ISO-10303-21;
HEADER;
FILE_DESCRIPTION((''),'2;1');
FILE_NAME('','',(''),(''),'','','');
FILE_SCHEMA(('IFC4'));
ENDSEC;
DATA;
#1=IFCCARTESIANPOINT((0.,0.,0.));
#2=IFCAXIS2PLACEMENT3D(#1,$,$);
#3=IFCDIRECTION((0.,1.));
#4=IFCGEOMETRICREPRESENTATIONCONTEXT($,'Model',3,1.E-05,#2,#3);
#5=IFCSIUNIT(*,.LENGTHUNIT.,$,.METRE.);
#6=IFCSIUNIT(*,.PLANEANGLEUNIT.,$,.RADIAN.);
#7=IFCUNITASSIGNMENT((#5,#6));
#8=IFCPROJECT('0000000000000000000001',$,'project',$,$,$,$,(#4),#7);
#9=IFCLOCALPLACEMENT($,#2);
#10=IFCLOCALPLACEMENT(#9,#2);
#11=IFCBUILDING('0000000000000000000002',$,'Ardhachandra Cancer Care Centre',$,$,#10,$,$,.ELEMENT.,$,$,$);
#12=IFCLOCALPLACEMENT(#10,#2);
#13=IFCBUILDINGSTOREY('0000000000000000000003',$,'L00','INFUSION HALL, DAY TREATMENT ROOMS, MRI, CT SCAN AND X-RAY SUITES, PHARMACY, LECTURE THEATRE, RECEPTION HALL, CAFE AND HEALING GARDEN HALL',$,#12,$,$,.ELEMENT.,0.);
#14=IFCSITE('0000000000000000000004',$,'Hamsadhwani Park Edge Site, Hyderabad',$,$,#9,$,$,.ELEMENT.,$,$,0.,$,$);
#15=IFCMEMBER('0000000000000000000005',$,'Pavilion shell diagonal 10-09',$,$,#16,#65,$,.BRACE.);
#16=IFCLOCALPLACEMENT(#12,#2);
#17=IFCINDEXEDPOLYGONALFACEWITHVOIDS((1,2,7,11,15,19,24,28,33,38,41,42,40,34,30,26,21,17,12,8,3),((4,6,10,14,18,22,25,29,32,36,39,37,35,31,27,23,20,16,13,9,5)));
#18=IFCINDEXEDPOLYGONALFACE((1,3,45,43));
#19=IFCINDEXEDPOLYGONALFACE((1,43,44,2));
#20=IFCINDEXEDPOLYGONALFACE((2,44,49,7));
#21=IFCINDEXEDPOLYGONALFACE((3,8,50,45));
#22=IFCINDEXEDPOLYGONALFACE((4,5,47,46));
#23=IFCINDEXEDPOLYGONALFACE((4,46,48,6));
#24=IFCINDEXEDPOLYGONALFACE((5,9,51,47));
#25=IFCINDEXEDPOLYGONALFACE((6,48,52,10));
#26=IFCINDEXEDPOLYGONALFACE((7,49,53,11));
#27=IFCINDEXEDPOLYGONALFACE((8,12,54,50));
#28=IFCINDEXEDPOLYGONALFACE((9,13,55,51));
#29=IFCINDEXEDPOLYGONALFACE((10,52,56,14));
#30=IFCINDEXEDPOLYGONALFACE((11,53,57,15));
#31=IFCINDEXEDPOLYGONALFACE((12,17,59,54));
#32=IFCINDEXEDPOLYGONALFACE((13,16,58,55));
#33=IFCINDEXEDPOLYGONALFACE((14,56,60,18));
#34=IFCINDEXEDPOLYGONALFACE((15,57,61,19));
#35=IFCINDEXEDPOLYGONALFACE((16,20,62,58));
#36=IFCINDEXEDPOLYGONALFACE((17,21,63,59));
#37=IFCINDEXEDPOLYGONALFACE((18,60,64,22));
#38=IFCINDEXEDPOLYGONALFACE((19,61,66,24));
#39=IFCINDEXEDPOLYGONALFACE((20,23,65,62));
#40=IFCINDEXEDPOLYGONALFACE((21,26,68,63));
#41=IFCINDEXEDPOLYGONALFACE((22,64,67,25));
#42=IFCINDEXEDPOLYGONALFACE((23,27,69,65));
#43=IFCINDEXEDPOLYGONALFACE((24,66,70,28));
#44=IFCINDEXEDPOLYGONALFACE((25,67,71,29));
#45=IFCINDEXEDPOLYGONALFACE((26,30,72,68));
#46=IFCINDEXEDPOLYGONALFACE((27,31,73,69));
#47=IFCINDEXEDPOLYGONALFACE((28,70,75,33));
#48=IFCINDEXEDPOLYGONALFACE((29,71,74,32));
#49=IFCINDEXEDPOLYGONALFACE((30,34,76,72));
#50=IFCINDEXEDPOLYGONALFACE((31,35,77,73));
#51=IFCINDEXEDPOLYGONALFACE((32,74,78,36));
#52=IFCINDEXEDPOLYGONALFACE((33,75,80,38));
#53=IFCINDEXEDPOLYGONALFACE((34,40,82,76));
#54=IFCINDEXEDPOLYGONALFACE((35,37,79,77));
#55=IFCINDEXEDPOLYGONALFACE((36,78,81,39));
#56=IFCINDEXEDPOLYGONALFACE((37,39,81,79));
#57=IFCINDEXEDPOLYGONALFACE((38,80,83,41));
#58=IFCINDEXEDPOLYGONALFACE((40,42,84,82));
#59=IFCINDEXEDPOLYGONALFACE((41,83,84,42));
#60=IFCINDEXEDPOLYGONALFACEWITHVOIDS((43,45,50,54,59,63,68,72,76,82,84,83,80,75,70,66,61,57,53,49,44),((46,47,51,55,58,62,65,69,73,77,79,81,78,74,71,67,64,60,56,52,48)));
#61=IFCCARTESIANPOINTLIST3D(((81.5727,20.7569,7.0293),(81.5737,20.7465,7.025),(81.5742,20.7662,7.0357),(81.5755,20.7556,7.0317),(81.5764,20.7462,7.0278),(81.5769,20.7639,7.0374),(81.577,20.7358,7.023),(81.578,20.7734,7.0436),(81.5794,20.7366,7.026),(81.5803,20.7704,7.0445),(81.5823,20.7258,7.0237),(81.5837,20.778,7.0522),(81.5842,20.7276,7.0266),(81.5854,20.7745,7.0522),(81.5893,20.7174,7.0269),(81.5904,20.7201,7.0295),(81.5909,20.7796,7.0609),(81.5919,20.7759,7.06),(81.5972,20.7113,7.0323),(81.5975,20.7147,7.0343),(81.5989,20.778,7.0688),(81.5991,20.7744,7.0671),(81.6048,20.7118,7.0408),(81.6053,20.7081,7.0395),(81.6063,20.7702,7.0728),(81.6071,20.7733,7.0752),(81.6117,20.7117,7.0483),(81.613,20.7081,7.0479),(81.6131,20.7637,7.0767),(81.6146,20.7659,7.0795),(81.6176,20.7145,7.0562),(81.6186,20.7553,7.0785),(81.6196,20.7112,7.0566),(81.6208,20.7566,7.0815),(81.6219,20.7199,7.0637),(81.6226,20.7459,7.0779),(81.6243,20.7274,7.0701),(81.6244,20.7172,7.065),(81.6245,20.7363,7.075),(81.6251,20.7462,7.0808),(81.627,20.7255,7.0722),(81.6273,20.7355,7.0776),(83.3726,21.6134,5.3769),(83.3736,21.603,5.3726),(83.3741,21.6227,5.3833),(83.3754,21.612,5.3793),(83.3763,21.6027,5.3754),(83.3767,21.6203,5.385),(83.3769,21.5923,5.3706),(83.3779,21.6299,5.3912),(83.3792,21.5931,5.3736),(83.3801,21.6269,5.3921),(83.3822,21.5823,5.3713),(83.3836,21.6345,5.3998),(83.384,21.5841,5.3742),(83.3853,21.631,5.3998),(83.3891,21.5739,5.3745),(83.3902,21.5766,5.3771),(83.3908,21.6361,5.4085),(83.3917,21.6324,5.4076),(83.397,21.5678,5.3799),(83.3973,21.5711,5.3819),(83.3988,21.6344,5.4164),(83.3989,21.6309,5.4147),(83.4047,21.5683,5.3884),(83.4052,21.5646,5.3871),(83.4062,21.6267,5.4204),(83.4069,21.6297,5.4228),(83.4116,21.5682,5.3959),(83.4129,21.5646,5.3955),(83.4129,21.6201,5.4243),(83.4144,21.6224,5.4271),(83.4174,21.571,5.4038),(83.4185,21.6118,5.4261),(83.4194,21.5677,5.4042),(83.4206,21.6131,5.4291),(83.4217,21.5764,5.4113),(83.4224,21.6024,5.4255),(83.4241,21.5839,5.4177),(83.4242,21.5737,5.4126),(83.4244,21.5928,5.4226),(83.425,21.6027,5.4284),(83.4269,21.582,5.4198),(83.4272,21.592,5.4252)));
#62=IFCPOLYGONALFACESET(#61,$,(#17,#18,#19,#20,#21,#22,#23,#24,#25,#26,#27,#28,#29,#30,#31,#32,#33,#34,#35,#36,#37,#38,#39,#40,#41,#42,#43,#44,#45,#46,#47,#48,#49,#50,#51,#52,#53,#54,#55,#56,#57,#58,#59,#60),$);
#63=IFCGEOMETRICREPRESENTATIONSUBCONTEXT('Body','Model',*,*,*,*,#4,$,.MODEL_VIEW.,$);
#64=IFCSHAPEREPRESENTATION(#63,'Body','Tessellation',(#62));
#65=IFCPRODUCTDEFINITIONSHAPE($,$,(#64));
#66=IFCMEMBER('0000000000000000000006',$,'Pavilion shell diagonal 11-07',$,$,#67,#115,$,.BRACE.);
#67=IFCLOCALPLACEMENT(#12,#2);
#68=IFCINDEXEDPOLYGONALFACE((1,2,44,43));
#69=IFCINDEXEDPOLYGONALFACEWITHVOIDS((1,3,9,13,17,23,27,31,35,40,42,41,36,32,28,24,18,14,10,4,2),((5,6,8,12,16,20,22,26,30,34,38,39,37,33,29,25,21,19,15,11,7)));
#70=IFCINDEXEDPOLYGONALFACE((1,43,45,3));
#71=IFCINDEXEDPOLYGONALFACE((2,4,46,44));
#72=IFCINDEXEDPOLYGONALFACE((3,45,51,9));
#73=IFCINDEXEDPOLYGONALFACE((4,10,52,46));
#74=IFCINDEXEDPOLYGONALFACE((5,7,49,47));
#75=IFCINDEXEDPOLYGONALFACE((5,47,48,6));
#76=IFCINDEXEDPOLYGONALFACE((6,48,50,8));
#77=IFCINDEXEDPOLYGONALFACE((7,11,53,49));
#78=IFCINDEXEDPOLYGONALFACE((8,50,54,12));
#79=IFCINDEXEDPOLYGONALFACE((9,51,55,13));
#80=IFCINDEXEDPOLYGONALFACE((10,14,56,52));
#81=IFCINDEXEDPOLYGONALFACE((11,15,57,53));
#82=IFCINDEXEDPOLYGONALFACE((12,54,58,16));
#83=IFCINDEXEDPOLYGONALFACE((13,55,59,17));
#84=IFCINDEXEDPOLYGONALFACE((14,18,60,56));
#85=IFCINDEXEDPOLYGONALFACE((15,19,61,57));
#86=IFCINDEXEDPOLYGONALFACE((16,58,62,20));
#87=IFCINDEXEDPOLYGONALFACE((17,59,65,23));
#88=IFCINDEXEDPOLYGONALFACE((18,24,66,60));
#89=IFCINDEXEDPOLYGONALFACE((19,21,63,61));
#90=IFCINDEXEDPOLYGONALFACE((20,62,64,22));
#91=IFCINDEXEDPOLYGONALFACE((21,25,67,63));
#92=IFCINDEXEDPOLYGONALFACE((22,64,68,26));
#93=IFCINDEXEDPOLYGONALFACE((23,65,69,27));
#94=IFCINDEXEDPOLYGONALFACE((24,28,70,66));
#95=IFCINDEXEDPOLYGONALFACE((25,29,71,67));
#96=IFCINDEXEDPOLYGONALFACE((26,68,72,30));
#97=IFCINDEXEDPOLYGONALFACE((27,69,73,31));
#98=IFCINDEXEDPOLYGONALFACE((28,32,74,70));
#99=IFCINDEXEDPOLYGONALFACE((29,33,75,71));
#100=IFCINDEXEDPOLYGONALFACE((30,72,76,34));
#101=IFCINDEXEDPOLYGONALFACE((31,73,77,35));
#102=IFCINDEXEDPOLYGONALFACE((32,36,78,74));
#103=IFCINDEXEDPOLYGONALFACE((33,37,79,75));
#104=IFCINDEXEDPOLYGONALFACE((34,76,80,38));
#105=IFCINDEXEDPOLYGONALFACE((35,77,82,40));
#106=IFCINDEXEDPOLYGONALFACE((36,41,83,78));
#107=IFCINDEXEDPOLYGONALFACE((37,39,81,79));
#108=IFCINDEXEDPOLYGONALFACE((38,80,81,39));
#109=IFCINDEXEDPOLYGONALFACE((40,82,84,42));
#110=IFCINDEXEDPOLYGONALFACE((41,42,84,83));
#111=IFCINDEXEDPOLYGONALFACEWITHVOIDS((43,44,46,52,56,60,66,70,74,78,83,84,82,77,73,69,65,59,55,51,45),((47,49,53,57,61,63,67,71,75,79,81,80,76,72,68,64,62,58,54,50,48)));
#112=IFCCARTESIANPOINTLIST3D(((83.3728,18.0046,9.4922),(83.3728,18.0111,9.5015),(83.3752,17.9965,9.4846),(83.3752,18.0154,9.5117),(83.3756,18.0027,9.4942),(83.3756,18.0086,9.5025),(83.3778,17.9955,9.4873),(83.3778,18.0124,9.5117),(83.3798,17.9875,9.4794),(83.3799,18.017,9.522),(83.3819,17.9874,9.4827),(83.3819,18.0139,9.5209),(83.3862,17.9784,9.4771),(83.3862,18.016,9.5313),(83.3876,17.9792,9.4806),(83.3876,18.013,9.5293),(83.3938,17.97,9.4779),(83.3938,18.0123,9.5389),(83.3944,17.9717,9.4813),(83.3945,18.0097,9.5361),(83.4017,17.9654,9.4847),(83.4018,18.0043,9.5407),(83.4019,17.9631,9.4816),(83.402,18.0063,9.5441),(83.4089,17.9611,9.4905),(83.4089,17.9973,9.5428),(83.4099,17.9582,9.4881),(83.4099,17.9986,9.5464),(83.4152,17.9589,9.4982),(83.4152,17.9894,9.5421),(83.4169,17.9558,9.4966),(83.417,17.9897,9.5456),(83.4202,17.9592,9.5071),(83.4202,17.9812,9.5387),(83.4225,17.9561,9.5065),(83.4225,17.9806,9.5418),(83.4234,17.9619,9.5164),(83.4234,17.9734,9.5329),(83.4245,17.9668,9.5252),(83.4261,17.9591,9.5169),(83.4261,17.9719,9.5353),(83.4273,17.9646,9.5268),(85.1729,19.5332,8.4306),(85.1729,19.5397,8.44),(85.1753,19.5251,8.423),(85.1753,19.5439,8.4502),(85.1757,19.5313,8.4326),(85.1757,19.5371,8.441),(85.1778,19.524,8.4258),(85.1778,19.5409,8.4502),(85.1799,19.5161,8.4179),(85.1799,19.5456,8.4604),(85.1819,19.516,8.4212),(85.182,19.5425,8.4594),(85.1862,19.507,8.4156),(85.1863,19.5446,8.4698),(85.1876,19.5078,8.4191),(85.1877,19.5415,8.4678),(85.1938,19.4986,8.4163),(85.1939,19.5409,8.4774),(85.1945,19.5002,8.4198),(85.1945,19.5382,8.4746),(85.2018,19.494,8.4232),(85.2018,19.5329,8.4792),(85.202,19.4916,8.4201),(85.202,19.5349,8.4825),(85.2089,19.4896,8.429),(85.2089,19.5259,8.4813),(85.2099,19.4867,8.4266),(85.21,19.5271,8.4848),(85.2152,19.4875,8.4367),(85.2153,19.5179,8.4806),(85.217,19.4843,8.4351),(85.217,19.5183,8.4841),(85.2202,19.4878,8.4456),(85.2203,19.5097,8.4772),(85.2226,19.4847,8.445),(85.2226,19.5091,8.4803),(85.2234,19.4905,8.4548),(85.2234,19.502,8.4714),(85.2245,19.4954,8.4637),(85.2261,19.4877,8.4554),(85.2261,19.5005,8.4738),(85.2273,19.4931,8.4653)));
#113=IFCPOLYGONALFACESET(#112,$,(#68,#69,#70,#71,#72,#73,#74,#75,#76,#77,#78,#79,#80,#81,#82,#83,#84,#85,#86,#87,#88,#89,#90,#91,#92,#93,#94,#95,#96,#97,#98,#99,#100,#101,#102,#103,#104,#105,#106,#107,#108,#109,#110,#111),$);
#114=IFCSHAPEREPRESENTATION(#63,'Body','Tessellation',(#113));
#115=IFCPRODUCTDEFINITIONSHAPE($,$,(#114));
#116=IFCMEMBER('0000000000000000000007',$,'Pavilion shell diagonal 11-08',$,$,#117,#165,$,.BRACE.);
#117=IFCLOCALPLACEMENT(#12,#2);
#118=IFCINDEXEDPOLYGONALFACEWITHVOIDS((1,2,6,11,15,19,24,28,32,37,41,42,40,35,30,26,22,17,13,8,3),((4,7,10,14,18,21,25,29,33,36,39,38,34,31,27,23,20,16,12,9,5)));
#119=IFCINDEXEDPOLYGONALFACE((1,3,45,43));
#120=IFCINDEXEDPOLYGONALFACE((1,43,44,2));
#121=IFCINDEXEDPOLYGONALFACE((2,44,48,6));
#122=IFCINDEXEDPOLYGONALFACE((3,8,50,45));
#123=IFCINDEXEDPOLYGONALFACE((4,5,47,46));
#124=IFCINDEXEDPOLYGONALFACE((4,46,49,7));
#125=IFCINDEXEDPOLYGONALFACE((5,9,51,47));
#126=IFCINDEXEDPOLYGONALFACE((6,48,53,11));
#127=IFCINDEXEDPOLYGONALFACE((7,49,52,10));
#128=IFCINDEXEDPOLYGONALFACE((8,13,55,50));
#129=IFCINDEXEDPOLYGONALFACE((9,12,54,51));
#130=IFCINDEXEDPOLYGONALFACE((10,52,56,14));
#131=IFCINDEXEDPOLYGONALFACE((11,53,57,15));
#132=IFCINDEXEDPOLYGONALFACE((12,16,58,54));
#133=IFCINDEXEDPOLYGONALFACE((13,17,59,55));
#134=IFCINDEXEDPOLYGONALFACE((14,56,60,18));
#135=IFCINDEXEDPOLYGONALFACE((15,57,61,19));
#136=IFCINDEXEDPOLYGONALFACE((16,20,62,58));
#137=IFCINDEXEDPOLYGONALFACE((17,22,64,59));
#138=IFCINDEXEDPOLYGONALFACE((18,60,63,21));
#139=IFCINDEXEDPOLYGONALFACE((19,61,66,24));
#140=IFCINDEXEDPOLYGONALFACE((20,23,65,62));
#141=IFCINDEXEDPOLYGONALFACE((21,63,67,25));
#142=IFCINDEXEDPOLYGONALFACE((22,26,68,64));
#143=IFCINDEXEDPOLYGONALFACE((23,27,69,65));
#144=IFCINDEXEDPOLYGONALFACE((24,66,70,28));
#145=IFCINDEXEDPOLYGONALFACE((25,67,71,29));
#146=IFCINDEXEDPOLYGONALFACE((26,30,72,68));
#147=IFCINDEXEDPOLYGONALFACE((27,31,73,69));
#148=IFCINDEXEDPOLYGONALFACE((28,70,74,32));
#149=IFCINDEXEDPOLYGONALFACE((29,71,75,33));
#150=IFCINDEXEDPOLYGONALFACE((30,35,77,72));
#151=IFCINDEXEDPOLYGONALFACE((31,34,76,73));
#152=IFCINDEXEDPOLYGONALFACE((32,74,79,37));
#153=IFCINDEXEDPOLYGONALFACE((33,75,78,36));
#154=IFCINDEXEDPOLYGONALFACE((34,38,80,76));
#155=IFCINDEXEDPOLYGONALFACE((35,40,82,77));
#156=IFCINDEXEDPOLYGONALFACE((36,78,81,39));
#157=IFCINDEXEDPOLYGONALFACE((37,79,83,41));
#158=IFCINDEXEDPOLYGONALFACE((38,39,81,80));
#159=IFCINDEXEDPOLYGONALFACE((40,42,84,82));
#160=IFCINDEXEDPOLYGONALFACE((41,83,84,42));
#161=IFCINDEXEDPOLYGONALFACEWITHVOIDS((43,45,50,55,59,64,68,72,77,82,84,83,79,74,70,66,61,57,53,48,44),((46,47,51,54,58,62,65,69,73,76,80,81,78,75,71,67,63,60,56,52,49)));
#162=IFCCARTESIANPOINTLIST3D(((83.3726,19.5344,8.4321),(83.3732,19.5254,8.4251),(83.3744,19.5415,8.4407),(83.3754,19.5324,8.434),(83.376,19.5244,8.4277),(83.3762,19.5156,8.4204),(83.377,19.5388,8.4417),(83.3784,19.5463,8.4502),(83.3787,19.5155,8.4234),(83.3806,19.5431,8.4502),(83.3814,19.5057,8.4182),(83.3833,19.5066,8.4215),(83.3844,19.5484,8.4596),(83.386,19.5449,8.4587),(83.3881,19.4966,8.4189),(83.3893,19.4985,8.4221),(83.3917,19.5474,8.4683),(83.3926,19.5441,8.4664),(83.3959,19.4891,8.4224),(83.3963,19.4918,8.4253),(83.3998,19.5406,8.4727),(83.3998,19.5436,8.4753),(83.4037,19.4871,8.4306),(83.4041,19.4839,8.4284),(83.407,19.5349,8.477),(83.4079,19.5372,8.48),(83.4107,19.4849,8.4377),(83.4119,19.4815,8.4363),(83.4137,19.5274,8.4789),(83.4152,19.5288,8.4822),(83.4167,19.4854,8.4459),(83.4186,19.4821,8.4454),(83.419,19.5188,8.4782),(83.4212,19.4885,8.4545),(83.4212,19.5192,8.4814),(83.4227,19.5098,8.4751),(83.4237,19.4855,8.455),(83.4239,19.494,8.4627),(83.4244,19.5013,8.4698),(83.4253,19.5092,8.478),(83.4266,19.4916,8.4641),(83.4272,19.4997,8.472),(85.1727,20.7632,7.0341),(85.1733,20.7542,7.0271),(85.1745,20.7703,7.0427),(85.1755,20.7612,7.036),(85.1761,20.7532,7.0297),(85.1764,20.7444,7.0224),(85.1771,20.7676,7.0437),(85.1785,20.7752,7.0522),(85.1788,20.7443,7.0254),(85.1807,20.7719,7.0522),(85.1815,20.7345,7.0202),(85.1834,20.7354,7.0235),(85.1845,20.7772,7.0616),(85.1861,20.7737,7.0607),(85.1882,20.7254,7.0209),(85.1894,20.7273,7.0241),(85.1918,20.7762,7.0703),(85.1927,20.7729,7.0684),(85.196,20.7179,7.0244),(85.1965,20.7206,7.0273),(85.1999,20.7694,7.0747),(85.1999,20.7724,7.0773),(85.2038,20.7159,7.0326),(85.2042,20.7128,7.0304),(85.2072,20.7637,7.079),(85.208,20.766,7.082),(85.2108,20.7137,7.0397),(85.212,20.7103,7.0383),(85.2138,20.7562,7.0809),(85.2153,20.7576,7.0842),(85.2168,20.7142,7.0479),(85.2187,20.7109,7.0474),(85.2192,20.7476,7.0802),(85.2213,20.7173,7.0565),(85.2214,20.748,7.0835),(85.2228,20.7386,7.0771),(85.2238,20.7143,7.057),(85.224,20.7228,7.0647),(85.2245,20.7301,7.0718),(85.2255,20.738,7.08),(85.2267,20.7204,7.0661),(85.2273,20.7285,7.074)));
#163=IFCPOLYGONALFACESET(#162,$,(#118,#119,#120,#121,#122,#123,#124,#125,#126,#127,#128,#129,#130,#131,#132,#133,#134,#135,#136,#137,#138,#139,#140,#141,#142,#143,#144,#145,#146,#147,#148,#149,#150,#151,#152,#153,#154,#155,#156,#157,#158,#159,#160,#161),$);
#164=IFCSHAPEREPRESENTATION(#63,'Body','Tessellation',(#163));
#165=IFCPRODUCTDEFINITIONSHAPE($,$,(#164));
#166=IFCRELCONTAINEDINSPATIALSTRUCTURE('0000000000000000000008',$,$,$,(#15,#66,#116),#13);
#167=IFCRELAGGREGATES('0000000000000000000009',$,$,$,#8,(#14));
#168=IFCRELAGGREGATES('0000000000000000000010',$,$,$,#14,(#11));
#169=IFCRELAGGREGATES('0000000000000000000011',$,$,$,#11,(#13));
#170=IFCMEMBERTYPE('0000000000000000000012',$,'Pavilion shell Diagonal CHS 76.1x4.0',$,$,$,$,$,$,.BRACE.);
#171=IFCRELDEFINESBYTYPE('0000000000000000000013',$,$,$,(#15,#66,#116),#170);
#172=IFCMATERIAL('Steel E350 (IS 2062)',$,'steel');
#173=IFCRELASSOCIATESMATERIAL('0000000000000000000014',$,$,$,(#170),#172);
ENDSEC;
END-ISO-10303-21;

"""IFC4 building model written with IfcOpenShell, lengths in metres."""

from ifc_helpers import new_model, si_unit, direction, frame, origin, origin_2d, place, context, subcontext, project, spatial, hollow_circle, extrude, material, material_profile, profile_set, type_object, element, save


model = new_model("IFC4")

# Units and contexts
model_context = context("Model", 3, precision=1e-05, world=origin(), true_north=direction((0.0, 1.0)))
body_context = subcontext(model_context, "Body", "Model", "MODEL_VIEW")
ifc_project = project(units=[si_unit("LENGTHUNIT", "METRE"), si_unit("PLANEANGLEUNIT", "RADIAN")], contexts=[model_context])

# Site, building, storey
site_placement = place(None, origin())
site = spatial("IfcSite", under=ifc_project, at=site_placement, Name="Hamsadhwani Park Edge Site, Hyderabad", CompositionType="ELEMENT", RefElevation=0.0)
building_placement = place(site_placement, origin())
building = spatial("IfcBuilding", under=site, at=building_placement, Name="Ardhachandra Cancer Care Centre", CompositionType="ELEMENT")
storey_placement = place(building_placement, origin())
storey = spatial("IfcBuildingStorey", under=building, at=storey_placement, Name="L00", Description="INFUSION HALL, DAY TREATMENT ROOMS, MRI, CT SCAN AND X-RAY SUITES, PHARMACY, LECTURE THEATRE, RECEPTION HALL, CAFE AND HEALING GARDEN HALL", CompositionType="ELEMENT", Elevation=0.0)

# Members
ifc_material_1 = material(Name="Steel E350 (IS 2062)", Category="steel")
ifc_material_profile_1 = material_profile(ifc_material_1, hollow_circle(Radius=0.0381, WallThickness=0.0039, at=origin_2d()), Name="CHS 76.1x4.0")
ifc_profile_set_1 = profile_set([ifc_material_profile_1], Name="Steel E350 (IS 2062)")
member_type_1 = type_object("IfcMemberType", Name="Pavilion shell Diagonal CHS 76.1x4.0", PredefinedType="BRACE", material=ifc_profile_set_1)
for number, where, z_axis, x_axis, name in (
    (1, (81.6001, 20.7437, 7.0522), (0.695168, 0.330799, -0.638212), (-0.429686, 0.902978, 0.0), "Pavilion shell diagonal 10-09"),
    (2, (83.3999, 17.9863, 9.5117), (0.695237, 0.590381, -0.409995), (-0.647285, 0.762248, 0.0), "Pavilion shell diagonal 11-07"),
):
    element("IfcMember", number, at=place(storey_placement, frame(where, z_axis=z_axis, x_axis=x_axis)), inside=storey, type_object=member_type_1, Name=name, PredefinedType="BRACE", context=body_context, shape_type="SweptSolid", body=[
        extrude(hollow_circle(Radius=0.0381, WallThickness=0.0039, at=origin_2d()), origin(), (0.0, 0.0, 1.0), 2.5891),
    ])
member_1_placement = place(storey_placement, frame((83.3999, 19.5149, 8.4502), z_axis=(0.695197, 0.474559, -0.539902), x_axis=(-0.563792, 0.825917, 0.0)))
element("IfcMember", 3, at=member_1_placement, inside=storey, type_object=member_type_1, Name="Pavilion shell diagonal 11-08", PredefinedType="BRACE", context=body_context, shape_type="SweptSolid", body=[
    extrude(hollow_circle(Radius=0.0381, WallThickness=0.0039, at=origin_2d()), origin(), (0.0, 0.0, 1.0), 2.5894),
])

save(model, "model.ifc")
